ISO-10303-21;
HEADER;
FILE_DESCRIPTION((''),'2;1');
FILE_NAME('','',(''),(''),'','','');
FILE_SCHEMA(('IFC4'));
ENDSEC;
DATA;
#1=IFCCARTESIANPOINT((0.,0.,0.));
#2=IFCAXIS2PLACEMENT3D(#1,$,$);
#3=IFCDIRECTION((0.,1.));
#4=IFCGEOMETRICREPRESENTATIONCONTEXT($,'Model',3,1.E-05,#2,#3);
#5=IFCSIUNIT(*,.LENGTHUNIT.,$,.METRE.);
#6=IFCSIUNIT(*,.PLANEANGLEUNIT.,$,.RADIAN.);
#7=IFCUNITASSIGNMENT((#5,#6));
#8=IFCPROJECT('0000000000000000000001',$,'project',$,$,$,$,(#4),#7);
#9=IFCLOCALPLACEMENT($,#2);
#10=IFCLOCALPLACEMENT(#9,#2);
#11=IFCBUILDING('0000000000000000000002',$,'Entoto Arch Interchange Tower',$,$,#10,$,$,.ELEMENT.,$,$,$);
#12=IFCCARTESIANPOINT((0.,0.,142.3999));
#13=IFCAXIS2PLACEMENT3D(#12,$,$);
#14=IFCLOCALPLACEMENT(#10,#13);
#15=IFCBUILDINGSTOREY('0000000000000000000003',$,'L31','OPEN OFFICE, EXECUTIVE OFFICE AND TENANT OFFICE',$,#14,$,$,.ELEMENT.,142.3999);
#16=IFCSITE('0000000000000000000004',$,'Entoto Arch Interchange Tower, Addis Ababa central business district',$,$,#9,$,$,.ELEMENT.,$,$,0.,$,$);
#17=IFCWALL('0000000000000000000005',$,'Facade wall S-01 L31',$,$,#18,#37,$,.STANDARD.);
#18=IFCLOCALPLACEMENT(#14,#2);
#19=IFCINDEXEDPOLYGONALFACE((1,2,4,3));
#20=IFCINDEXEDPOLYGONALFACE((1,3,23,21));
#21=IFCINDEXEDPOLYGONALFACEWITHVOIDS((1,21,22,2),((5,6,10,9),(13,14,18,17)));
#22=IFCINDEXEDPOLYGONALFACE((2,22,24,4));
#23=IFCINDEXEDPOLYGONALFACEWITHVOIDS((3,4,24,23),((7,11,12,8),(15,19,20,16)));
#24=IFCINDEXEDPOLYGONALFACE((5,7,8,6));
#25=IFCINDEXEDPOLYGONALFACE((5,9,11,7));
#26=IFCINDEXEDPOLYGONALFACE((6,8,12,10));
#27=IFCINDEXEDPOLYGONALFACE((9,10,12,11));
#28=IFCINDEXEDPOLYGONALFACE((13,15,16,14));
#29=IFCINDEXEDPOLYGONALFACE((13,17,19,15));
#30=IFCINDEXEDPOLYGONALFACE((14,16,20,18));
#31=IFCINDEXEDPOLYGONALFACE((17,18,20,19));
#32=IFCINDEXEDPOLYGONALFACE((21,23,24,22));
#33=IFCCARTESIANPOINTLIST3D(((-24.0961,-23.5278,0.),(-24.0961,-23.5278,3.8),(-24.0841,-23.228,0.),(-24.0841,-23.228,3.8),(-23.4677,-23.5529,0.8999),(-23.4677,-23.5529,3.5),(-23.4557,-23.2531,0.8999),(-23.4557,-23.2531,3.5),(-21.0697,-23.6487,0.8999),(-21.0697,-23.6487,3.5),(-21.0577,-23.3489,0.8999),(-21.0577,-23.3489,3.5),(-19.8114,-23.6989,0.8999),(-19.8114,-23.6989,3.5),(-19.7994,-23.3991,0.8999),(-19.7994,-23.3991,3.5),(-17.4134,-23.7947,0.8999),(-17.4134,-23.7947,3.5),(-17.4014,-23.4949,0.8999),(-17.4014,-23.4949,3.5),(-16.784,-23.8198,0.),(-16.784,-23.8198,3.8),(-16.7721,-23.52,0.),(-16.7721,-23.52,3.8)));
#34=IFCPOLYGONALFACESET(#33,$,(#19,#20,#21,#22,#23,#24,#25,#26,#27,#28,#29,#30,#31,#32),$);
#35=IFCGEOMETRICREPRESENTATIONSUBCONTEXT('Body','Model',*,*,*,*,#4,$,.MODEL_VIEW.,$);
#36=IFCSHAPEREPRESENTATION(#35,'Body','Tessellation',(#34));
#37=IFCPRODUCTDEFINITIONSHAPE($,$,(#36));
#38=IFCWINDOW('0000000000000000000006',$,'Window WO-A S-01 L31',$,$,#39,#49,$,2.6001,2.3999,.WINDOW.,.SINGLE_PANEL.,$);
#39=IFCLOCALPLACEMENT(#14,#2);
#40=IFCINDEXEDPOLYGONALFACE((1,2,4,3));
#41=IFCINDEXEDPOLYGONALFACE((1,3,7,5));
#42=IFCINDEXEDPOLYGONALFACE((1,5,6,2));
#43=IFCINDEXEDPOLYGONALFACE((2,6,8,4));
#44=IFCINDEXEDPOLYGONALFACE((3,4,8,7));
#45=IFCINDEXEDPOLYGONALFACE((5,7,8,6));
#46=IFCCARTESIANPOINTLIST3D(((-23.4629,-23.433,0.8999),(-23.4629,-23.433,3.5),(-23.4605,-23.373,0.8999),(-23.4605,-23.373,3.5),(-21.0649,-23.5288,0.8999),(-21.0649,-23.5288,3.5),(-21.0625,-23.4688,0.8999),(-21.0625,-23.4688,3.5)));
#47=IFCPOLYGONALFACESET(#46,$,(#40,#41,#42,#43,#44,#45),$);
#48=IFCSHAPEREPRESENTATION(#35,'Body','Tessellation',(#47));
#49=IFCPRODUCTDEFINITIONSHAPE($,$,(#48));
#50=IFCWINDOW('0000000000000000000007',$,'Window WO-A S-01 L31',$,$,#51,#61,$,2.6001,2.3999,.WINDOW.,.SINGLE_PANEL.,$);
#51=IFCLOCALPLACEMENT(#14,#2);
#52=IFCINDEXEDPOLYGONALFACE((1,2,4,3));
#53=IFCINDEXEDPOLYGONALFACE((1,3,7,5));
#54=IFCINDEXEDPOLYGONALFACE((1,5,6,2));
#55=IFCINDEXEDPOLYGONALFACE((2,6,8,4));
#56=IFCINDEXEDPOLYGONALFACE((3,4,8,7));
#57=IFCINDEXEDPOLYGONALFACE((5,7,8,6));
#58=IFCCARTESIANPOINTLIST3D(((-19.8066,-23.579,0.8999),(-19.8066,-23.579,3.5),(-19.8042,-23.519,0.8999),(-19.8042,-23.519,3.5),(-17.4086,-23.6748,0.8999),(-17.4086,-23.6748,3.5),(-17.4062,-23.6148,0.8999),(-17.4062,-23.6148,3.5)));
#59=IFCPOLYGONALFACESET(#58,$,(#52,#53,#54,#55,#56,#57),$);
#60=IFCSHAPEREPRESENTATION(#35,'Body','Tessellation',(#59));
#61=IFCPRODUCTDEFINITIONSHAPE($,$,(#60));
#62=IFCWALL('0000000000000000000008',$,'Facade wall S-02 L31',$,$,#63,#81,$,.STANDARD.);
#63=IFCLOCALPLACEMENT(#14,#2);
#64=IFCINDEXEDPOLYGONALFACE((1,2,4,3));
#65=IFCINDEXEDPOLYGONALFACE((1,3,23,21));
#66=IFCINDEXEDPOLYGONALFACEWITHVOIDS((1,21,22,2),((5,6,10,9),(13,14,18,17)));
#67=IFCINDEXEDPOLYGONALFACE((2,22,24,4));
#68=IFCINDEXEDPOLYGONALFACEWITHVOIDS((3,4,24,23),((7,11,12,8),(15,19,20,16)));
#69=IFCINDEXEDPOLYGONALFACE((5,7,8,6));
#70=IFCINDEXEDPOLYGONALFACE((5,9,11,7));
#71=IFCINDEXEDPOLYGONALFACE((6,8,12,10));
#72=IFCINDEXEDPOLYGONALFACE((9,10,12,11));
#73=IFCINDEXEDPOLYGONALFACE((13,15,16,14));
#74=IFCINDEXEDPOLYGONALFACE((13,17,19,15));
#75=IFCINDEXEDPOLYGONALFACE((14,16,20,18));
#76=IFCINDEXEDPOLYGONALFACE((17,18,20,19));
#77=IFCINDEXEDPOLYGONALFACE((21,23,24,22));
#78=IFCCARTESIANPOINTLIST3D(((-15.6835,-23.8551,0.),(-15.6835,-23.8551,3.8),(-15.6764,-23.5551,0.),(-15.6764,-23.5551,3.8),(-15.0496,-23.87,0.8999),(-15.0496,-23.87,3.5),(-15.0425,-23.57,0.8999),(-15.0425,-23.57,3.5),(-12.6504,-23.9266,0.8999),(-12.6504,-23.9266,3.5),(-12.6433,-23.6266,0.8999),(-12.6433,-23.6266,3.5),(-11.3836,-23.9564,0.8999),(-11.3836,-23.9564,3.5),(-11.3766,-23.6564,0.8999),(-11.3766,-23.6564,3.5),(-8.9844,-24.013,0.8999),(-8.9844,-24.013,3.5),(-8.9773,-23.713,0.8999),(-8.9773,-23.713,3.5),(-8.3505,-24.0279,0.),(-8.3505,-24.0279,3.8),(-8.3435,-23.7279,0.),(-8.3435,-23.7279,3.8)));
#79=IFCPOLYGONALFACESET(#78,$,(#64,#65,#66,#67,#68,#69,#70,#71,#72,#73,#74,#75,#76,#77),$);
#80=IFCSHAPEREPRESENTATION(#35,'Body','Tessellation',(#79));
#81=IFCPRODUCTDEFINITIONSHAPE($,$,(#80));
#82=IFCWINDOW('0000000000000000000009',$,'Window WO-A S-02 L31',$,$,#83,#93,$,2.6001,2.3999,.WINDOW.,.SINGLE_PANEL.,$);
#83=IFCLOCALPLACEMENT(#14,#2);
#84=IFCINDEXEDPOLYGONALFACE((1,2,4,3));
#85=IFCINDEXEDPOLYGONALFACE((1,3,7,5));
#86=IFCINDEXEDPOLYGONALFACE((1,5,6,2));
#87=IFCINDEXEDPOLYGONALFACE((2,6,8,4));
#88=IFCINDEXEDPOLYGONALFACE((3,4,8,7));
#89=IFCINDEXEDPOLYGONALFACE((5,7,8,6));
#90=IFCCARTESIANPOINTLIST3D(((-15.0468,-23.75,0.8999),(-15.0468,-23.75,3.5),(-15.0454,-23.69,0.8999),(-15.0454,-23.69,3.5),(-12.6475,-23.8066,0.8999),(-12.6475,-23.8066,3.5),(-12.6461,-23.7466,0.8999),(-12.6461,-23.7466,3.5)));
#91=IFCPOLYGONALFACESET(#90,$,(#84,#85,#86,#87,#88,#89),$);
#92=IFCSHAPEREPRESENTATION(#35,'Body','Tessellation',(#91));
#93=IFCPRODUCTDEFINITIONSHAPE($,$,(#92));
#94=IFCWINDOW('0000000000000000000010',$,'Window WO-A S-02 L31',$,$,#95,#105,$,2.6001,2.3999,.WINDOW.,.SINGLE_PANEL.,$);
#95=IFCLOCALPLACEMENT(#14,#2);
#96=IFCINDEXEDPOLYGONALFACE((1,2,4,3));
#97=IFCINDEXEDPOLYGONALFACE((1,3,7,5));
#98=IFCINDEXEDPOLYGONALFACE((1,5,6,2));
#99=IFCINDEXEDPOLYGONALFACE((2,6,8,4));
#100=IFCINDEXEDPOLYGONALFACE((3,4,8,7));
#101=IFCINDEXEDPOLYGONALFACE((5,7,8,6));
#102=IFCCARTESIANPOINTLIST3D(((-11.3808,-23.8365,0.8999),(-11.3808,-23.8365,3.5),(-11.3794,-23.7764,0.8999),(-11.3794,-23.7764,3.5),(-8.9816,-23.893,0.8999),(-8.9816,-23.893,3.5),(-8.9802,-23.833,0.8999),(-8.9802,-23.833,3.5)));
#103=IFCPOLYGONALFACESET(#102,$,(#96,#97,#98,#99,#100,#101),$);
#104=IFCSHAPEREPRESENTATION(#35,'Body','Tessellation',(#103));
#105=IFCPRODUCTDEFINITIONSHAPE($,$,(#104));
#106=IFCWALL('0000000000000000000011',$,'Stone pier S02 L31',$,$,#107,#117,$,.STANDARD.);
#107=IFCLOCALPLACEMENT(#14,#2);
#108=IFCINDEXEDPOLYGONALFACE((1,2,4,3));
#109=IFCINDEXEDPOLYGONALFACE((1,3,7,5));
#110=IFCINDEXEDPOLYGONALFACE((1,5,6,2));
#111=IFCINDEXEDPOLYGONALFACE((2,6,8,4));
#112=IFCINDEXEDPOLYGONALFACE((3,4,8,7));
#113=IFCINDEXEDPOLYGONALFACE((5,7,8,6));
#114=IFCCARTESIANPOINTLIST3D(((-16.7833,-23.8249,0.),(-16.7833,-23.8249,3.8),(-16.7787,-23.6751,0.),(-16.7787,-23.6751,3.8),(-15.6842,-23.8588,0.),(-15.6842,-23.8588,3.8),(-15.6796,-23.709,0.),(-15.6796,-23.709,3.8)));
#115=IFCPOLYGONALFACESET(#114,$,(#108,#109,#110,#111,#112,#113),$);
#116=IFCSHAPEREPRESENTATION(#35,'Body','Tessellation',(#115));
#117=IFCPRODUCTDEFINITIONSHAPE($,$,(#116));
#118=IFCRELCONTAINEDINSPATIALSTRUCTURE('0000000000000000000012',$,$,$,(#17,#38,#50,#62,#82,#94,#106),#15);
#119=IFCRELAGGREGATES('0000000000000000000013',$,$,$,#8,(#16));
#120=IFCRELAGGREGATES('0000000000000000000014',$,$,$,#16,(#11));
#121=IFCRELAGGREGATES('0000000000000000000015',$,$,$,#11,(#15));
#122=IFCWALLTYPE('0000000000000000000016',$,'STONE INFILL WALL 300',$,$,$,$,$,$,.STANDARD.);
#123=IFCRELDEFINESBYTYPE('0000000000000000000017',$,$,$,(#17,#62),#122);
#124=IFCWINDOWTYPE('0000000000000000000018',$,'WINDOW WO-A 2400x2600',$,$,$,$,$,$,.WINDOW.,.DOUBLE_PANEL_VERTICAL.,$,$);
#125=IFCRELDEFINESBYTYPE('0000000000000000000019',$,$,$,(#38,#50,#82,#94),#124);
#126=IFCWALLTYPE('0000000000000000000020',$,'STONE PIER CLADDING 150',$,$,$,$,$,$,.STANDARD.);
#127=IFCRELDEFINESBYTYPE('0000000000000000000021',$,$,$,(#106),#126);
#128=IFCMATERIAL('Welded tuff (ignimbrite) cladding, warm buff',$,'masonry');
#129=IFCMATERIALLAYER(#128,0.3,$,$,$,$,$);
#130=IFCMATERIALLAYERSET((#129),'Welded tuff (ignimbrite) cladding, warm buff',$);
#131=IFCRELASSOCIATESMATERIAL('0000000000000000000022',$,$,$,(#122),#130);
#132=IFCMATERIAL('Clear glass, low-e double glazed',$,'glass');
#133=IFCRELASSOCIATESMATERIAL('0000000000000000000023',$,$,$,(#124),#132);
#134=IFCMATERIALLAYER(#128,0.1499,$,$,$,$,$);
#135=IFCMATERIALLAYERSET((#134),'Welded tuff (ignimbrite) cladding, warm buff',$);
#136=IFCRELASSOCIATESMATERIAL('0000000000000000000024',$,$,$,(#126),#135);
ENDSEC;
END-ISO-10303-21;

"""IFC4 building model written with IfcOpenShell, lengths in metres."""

from ifc_helpers import new_model, si_unit, direction, frame, frame_2d, origin, place, context, subcontext, project, spatial, rectangle, extrude, material, layer, layer_set, type_object, element, fill, save


model = new_model("IFC4")

# Units and contexts
model_context = context("Model", 3, precision=1e-05, world=origin(), true_north=direction((0.0, 1.0)))
body_context = subcontext(model_context, "Body", "Model", "MODEL_VIEW")
ifc_project = project(units=[si_unit("LENGTHUNIT", "METRE"), si_unit("PLANEANGLEUNIT", "RADIAN")], contexts=[model_context])

# Site, building, storey
site_placement = place(None, origin())
site = spatial("IfcSite", under=ifc_project, at=site_placement, Name="Entoto Arch Interchange Tower, Addis Ababa central business district", CompositionType="ELEMENT", RefElevation=0.0)
building_placement = place(site_placement, origin())
building = spatial("IfcBuilding", under=site, at=building_placement, Name="Entoto Arch Interchange Tower", CompositionType="ELEMENT")
storey_placement = place(building_placement, frame((0.0, 0.0, 142.3999)))
storey = spatial("IfcBuildingStorey", under=building, at=storey_placement, Name="L31", Description="OPEN OFFICE, EXECUTIVE OFFICE AND TENANT OFFICE", CompositionType="ELEMENT", Elevation=142.3999)

# Walls, openings, windows
ifc_material_1 = material(Name="Welded tuff (ignimbrite) cladding, warm buff", Category="masonry")
ifc_layer_1 = layer(ifc_material_1, 0.3)
ifc_layer_set_1 = layer_set([ifc_layer_1], Name="Welded tuff (ignimbrite) cladding, warm buff")
wall_type_1 = type_object("IfcWallType", Name="STONE INFILL WALL 300", PredefinedType="STANDARD", material=ifc_layer_set_1)
wall_1_placement = place(storey_placement, frame((-24.0901, -23.3779, 0.0), z_axis=(0.0, 0.0, 1.0), x_axis=(0.999204, -0.039901, 0.0)))
wall_1 = element("IfcWall", 1, at=wall_1_placement, inside=storey, type_object=wall_type_1, Name="Facade wall S-01 L31", PredefinedType="STANDARD", context=body_context, shape_type="SweptSolid", body=[
    extrude(rectangle(XDim=7.3179, YDim=0.3, at=frame_2d((3.6589, 0.0))), origin(), (0.0, 0.0, 1.0), 3.8),
])
opening_1_placement = place(wall_1_placement, frame((0.6289, 0.0, 0.8999)))
opening_1 = element("IfcOpeningElement", 2, at=opening_1_placement, cuts=wall_1, PredefinedType="OPENING", context=body_context, shape_type="SweptSolid", body=[
    extrude(rectangle(XDim=2.3999, YDim=2.6001, at=frame_2d((1.2, 1.3))), frame((0.0, 0.1602, 0.0), z_axis=(0.0, -1.0, 0.0), x_axis=(1.0, 0.0, 0.0)), (0.0, 0.0, 1.0), 0.3201),
])
opening_2_placement = place(wall_1_placement, frame((4.2881, 0.0, 0.8999)))
opening_2 = element("IfcOpeningElement", 3, at=opening_2_placement, cuts=wall_1, PredefinedType="OPENING", context=body_context, shape_type="SweptSolid", body=[
    extrude(rectangle(XDim=2.3999, YDim=2.6001, at=frame_2d((1.2, 1.3))), frame((0.0, 0.1602, 0.0), z_axis=(0.0, -1.0, 0.0), x_axis=(1.0, 0.0, 0.0)), (0.0, 0.0, 1.0), 0.3201),
])
ifc_material_2 = material(Name="Clear glass, low-e double glazed", Category="glass")
window_type = type_object("IfcWindowType", Name="WINDOW WO-A 2400x2600", PartitioningType="DOUBLE_PANEL_VERTICAL", PredefinedType="WINDOW", material=ifc_material_2)
window_1_placement = place(opening_1_placement, origin())
window_1 = element("IfcWindow", 4, at=window_1_placement, inside=storey, type_object=window_type, Name="Window WO-A S-01 L31", OverallHeight=2.6001, OverallWidth=2.3999, PartitioningType="SINGLE_PANEL", PredefinedType="WINDOW", context=body_context, shape_type="SweptSolid", body=[
    extrude(rectangle(XDim=2.3999, YDim=2.6001, at=frame_2d((1.2, 1.3))), frame((0.0, 0.03, 0.0), z_axis=(0.0, -1.0, 0.0), x_axis=(1.0, 0.0, 0.0)), (0.0, 0.0, 1.0), 0.0601),
])
fill(opening_1, window_1)
window_2_placement = place(opening_2_placement, origin())
window_2 = element("IfcWindow", 5, at=window_2_placement, inside=storey, type_object=window_type, Name="Window WO-A S-01 L31", OverallHeight=2.6001, OverallWidth=2.3999, PartitioningType="SINGLE_PANEL", PredefinedType="WINDOW", context=body_context, shape_type="SweptSolid", body=[
    extrude(rectangle(XDim=2.3999, YDim=2.6001, at=frame_2d((1.2, 1.3))), frame((0.0, 0.03, 0.0), z_axis=(0.0, -1.0, 0.0), x_axis=(1.0, 0.0, 0.0)), (0.0, 0.0, 1.0), 0.0601),
])
fill(opening_2, window_2)
wall_2_placement = place(storey_placement, frame((-15.6799, -23.7051, 0.0), z_axis=(0.0, 0.0, 1.0), x_axis=(0.999722, -0.023565, 0.0)))
wall_2 = element("IfcWall", 6, at=wall_2_placement, inside=storey, type_object=wall_type_1, Name="Facade wall S-02 L31", PredefinedType="STANDARD", context=body_context, shape_type="SweptSolid", body=[
    extrude(rectangle(XDim=7.335, YDim=0.3, at=frame_2d((3.6675, 0.0))), origin(), (0.0, 0.0, 1.0), 3.8),
])
opening_3_placement = place(wall_2_placement, frame((0.634, 0.0, 0.8999)))
opening_3 = element("IfcOpeningElement", 7, at=opening_3_placement, cuts=wall_2, PredefinedType="OPENING", context=body_context, shape_type="SweptSolid", body=[
    extrude(rectangle(XDim=2.3999, YDim=2.6001, at=frame_2d((1.2, 1.3))), frame((0.0, 0.1602, 0.0), z_axis=(0.0, -1.0, 0.0), x_axis=(1.0, 0.0, 0.0)), (0.0, 0.0, 1.0), 0.3201),
])
opening_4_placement = place(wall_2_placement, frame((4.301, 0.0, 0.8999)))
opening_4 = element("IfcOpeningElement", 8, at=opening_4_placement, cuts=wall_2, PredefinedType="OPENING", context=body_context, shape_type="SweptSolid", body=[
    extrude(rectangle(XDim=2.3999, YDim=2.6001, at=frame_2d((1.2, 1.3))), frame((0.0, 0.1602, 0.0), z_axis=(0.0, -1.0, 0.0), x_axis=(1.0, 0.0, 0.0)), (0.0, 0.0, 1.0), 0.3201),
])
window_3_placement = place(opening_3_placement, origin())
window_3 = element("IfcWindow", 9, at=window_3_placement, inside=storey, type_object=window_type, Name="Window WO-A S-02 L31", OverallHeight=2.6001, OverallWidth=2.3999, PartitioningType="SINGLE_PANEL", PredefinedType="WINDOW", context=body_context, shape_type="SweptSolid", body=[
    extrude(rectangle(XDim=2.3999, YDim=2.6001, at=frame_2d((1.2, 1.3))), frame((0.0, 0.03, 0.0), z_axis=(0.0, -1.0, 0.0), x_axis=(1.0, 0.0, 0.0)), (0.0, 0.0, 1.0), 0.0601),
])
fill(opening_3, window_3)
window_4_placement = place(opening_4_placement, origin())
window_4 = element("IfcWindow", 10, at=window_4_placement, inside=storey, type_object=window_type, Name="Window WO-A S-02 L31", OverallHeight=2.6001, OverallWidth=2.3999, PartitioningType="SINGLE_PANEL", PredefinedType="WINDOW", context=body_context, shape_type="SweptSolid", body=[
    extrude(rectangle(XDim=2.3999, YDim=2.6001, at=frame_2d((1.2, 1.3))), frame((0.0, 0.03, 0.0), z_axis=(0.0, -1.0, 0.0), x_axis=(1.0, 0.0, 0.0)), (0.0, 0.0, 1.0), 0.0601),
])
fill(opening_4, window_4)

# Wall
ifc_layer_2 = layer(ifc_material_1, 0.1499)
ifc_layer_set_2 = layer_set([ifc_layer_2], Name="Welded tuff (ignimbrite) cladding, warm buff")
wall_type_2 = type_object("IfcWallType", Name="STONE PIER CLADDING 150", PredefinedType="STANDARD", material=ifc_layer_set_2)
wall_3_placement = place(storey_placement, frame((-16.781, -23.75, 0.0), z_axis=(0.0, 0.0, 1.0), x_axis=(0.999524, -0.03086, 0.0)))
element("IfcWall", 11, at=wall_3_placement, inside=storey, type_object=wall_type_2, Name="Stone pier S02 L31", PredefinedType="STANDARD", context=body_context, shape_type="SweptSolid", body=[
    extrude(rectangle(XDim=1.0996, YDim=0.1499, at=frame_2d((0.5498, 0.0))), origin(), (0.0, 0.0, 1.0), 3.8),
])

save(model, "model.ifc")
